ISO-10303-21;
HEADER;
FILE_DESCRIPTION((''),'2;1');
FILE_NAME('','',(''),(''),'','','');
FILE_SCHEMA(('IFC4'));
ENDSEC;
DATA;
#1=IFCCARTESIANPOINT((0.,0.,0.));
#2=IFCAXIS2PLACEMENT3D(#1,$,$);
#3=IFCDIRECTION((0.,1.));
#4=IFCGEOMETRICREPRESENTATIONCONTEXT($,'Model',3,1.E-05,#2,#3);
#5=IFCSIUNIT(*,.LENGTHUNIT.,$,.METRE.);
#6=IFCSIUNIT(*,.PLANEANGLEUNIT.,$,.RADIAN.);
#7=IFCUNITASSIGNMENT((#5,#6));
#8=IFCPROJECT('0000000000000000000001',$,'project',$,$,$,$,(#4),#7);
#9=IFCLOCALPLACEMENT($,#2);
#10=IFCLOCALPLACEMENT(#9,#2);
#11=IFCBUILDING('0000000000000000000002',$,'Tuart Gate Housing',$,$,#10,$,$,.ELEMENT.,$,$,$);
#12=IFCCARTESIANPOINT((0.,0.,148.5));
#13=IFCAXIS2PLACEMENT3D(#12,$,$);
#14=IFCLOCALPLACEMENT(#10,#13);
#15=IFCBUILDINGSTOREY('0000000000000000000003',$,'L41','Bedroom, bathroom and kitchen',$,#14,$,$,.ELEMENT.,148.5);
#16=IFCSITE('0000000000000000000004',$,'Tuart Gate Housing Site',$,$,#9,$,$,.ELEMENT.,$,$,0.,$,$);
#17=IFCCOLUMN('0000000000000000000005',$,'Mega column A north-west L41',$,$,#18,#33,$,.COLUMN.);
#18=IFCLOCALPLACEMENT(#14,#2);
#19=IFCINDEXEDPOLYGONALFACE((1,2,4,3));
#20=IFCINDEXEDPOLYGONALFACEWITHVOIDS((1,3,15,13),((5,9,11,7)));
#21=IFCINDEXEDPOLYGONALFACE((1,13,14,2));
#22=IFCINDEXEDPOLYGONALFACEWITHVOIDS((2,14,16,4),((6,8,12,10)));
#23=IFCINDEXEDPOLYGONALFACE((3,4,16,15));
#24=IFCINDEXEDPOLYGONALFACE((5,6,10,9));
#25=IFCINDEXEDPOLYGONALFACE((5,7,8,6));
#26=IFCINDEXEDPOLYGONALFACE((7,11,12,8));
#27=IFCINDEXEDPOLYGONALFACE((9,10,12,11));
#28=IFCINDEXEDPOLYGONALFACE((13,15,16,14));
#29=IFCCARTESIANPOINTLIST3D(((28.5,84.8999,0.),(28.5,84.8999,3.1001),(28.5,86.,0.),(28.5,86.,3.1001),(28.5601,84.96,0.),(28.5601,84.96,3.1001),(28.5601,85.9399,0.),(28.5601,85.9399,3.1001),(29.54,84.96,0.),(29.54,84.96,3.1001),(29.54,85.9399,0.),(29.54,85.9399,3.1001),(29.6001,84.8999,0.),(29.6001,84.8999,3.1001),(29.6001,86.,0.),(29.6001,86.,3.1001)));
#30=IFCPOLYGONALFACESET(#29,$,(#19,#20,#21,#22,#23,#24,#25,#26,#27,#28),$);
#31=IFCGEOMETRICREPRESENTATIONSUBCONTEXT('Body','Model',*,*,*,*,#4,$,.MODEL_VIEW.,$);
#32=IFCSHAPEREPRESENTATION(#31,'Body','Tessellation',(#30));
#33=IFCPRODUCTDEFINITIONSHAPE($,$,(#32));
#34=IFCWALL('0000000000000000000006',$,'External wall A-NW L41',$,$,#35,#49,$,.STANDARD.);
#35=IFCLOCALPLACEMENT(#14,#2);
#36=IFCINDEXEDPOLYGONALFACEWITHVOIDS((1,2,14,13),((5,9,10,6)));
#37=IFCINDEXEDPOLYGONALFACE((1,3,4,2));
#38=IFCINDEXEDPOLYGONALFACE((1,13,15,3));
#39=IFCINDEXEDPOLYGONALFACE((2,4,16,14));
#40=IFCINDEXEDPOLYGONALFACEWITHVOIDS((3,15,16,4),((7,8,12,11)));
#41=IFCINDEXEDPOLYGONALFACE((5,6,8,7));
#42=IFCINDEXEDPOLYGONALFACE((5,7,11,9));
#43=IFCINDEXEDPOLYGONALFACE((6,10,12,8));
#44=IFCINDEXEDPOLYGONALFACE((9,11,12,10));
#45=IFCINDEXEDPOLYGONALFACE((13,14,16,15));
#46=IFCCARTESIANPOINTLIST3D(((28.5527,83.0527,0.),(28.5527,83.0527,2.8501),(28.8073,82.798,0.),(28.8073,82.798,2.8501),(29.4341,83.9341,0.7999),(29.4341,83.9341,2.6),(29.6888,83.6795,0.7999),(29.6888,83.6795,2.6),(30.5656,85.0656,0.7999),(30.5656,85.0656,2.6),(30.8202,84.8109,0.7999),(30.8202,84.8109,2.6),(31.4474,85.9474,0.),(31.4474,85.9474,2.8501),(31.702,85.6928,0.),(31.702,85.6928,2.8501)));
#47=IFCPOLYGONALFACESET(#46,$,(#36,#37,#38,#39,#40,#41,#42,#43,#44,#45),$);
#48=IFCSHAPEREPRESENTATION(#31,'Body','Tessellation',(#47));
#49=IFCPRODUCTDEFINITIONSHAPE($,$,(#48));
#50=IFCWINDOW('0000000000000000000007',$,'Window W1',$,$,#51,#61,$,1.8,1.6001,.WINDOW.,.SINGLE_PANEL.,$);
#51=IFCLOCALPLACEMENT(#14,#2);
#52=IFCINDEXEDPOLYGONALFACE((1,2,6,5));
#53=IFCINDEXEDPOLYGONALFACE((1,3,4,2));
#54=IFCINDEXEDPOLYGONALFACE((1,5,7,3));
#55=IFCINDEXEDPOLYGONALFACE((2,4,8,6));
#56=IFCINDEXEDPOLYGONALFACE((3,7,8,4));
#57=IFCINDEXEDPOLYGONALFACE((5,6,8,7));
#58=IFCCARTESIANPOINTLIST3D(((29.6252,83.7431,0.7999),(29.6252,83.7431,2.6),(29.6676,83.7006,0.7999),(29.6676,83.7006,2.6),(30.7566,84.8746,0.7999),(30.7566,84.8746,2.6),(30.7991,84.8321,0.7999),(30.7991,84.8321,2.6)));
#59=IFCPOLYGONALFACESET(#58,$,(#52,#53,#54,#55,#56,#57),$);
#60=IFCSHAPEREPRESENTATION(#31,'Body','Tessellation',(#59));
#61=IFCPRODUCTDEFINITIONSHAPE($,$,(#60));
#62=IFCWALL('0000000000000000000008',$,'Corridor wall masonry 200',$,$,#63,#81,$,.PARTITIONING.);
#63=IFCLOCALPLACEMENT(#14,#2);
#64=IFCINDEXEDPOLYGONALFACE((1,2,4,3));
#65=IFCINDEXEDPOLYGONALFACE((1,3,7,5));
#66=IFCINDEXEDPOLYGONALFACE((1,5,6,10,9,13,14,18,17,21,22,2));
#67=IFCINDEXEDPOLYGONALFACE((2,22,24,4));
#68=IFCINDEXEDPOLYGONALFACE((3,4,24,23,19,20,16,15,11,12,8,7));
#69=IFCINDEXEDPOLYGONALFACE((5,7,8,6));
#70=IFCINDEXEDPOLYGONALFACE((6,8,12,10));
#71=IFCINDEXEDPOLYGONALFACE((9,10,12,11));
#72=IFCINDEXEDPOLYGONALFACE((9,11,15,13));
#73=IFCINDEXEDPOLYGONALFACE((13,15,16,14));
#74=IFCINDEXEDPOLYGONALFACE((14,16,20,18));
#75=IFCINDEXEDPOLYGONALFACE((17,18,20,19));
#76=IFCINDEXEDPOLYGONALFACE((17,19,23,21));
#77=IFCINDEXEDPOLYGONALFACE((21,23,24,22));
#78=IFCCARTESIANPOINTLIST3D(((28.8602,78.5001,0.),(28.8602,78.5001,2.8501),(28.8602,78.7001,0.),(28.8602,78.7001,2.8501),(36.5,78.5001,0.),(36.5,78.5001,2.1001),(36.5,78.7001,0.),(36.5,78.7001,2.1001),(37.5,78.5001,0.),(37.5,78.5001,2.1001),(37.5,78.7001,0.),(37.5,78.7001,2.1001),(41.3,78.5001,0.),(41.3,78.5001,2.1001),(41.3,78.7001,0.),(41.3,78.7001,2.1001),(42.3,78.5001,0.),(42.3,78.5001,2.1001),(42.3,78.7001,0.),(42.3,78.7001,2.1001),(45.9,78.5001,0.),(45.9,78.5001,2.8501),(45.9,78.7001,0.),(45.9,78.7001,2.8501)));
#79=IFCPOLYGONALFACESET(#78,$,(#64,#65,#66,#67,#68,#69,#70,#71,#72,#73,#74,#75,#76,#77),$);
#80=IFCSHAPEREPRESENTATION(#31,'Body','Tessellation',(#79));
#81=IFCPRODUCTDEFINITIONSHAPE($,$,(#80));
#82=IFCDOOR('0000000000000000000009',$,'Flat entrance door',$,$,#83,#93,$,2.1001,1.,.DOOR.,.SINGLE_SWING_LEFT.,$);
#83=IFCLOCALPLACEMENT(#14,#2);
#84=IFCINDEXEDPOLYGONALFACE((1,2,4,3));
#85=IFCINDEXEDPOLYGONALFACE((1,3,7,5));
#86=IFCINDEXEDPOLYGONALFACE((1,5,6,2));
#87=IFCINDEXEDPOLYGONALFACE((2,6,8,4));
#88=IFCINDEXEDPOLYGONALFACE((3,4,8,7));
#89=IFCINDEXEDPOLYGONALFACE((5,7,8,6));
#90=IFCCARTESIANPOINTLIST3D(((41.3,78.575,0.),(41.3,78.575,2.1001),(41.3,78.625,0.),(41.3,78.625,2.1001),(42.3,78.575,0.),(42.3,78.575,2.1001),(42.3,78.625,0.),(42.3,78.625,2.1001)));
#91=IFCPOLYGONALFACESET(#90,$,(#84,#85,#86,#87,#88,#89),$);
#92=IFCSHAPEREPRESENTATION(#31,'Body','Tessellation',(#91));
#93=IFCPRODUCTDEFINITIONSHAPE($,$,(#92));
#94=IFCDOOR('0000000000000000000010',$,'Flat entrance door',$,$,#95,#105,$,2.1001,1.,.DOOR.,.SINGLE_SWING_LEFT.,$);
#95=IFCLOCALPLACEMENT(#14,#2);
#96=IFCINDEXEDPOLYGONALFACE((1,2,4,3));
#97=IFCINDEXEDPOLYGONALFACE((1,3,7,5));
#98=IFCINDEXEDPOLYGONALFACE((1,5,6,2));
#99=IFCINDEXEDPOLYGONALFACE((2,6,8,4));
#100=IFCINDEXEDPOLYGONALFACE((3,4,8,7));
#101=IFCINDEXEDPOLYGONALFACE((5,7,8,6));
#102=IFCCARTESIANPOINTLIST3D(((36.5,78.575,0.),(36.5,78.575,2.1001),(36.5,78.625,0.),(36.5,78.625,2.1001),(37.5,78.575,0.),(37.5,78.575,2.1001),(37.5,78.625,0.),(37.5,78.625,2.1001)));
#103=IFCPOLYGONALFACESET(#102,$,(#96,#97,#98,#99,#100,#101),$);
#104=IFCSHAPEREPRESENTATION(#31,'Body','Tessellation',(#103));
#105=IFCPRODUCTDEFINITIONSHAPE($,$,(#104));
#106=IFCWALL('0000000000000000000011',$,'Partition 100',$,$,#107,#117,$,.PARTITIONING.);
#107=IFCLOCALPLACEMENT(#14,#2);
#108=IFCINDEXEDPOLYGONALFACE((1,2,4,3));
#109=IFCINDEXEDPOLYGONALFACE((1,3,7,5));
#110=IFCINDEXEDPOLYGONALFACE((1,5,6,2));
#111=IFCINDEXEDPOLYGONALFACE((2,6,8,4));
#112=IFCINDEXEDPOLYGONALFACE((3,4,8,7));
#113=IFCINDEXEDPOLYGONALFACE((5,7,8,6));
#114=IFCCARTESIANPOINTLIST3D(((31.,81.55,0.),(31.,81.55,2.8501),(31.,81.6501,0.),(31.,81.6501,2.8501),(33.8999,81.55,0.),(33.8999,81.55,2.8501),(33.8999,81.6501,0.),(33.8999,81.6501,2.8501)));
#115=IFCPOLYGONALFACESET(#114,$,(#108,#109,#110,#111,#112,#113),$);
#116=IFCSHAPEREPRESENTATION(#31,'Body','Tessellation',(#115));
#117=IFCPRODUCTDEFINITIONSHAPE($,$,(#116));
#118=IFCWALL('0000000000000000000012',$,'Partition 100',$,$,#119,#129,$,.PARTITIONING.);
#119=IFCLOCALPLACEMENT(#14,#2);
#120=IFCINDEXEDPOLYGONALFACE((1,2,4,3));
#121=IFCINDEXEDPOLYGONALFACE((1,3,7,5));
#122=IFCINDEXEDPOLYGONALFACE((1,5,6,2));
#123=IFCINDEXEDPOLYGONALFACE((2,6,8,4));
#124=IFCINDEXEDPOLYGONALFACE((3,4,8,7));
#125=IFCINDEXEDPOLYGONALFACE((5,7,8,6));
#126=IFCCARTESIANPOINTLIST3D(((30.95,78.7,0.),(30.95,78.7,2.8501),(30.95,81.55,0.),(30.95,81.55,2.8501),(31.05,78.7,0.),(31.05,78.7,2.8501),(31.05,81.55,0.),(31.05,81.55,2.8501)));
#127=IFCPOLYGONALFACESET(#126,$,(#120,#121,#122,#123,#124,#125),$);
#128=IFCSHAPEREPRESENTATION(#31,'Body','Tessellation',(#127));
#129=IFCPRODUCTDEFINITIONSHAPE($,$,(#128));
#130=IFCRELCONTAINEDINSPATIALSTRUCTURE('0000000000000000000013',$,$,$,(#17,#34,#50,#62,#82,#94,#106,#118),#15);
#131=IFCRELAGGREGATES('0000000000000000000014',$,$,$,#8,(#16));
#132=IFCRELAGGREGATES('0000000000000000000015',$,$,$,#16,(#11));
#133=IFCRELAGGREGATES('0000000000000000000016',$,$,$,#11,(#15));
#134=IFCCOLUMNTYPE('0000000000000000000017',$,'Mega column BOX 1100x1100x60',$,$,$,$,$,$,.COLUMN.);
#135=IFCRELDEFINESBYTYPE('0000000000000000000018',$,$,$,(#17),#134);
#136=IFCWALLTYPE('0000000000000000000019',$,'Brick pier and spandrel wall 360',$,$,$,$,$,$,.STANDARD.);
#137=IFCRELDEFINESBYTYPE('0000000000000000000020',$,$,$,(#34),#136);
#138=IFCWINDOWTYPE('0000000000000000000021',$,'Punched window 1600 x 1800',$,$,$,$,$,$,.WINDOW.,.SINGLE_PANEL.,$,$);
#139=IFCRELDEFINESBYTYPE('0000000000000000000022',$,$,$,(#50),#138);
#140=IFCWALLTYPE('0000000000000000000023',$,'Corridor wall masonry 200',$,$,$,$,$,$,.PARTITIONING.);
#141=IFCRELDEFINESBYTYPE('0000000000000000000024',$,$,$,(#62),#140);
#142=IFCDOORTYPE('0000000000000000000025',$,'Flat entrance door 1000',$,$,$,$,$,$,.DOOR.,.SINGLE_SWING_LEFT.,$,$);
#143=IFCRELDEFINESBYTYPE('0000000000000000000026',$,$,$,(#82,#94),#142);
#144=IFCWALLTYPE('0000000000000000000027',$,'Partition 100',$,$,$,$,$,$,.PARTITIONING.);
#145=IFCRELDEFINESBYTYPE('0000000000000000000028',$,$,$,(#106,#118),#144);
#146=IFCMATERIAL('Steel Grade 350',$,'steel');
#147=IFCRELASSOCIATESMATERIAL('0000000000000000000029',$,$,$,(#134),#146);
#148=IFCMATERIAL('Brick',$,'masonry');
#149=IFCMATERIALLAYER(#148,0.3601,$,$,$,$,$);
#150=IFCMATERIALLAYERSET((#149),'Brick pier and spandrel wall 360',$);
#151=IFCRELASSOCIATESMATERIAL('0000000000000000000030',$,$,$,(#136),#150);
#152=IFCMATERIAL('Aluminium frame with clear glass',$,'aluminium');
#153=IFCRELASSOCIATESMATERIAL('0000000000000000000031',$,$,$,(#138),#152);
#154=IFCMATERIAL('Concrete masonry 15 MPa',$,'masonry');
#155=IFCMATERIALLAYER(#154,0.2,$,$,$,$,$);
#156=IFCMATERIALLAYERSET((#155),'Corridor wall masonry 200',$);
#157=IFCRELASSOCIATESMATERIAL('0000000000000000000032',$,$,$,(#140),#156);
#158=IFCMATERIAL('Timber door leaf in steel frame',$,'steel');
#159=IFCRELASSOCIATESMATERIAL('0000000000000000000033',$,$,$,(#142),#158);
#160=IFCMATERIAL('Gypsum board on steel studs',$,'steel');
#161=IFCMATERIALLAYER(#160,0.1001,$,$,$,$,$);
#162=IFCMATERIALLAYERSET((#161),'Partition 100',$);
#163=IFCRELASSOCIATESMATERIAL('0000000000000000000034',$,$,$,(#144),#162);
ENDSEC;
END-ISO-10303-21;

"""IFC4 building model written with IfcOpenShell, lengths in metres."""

from ifc_helpers import new_model, si_unit, direction, frame, frame_2d, origin, origin_2d, place, context, subcontext, project, spatial, rectangle, hollow_rectangle, extrude, material, layer, layer_set, material_profile, profile_set, type_object, element, fill, save


model = new_model("IFC4")

# Units and contexts
model_context = context("Model", 3, precision=1e-05, world=origin(), true_north=direction((0.0, 1.0)))
body_context = subcontext(model_context, "Body", "Model", "MODEL_VIEW")
ifc_project = project(units=[si_unit("LENGTHUNIT", "METRE"), si_unit("PLANEANGLEUNIT", "RADIAN")], contexts=[model_context])

# Site, building, storey
site_placement = place(None, origin())
site = spatial("IfcSite", under=ifc_project, at=site_placement, Name="Tuart Gate Housing Site", CompositionType="ELEMENT", RefElevation=0.0)
building_placement = place(site_placement, origin())
building = spatial("IfcBuilding", under=site, at=building_placement, Name="Tuart Gate Housing", CompositionType="ELEMENT")
storey_placement = place(building_placement, frame((0.0, 0.0, 148.5)))
storey = spatial("IfcBuildingStorey", under=building, at=storey_placement, Name="L41", Description="Bedroom, bathroom and kitchen", CompositionType="ELEMENT", Elevation=148.5)

# Column
ifc_material_1 = material(Name="Steel Grade 350", Category="steel")
ifc_material_profile = material_profile(ifc_material_1, hollow_rectangle(XDim=1.1001, YDim=1.1001, WallThickness=0.0601, at=origin_2d()), Name="BOX 1100x1100x60")
ifc_profile_set = profile_set([ifc_material_profile], Name="Steel Grade 350")
column_type = type_object("IfcColumnType", Name="Mega column BOX 1100x1100x60", PredefinedType="COLUMN", material=ifc_profile_set)
column_placement = place(storey_placement, frame((29.05, 85.45, 0.0), z_axis=(0.0, 0.0, 1.0), x_axis=(1.0, 0.0, 0.0)))
element("IfcColumn", 1, at=column_placement, inside=storey, type_object=column_type, Name="Mega column A north-west L41", PredefinedType="COLUMN", context=body_context, shape_type="SweptSolid", body=[
    extrude(hollow_rectangle(XDim=1.1001, YDim=1.1001, WallThickness=0.0601, at=origin_2d()), origin(), (0.0, 0.0, 1.0), 3.1001),
])

# Wall, opening, window
ifc_material_2 = material(Name="Brick", Category="masonry")
ifc_layer_1 = layer(ifc_material_2, 0.3601)
ifc_layer_set_1 = layer_set([ifc_layer_1], Name="Brick pier and spandrel wall 360")
wall_type_1 = type_object("IfcWallType", Name="Brick pier and spandrel wall 360", PredefinedType="STANDARD", material=ifc_layer_set_1)
wall_1_placement = place(storey_placement, frame((31.5747, 85.8201, 0.0), z_axis=(0.0, 0.0, 1.0), x_axis=(-0.707107, -0.707107, 0.0)))
wall_1 = element("IfcWall", 2, at=wall_1_placement, inside=storey, type_object=wall_type_1, Name="External wall A-NW L41", PredefinedType="STANDARD", context=body_context, shape_type="SweptSolid", body=[
    extrude(rectangle(XDim=4.0938, YDim=0.3601, at=frame_2d((2.0469, 0.0))), origin(), (0.0, 0.0, 1.0), 2.8501),
])
opening_1_placement = place(wall_1_placement, frame((1.2471, 0.0, 0.8)))
opening_1 = element("IfcOpeningElement", 3, at=opening_1_placement, cuts=wall_1, PredefinedType="OPENING", context=body_context, shape_type="SweptSolid", body=[
    extrude(rectangle(XDim=1.6001, YDim=1.8, at=frame_2d((0.8, 0.8999))), frame((0.0, 0.1899, 0.0), z_axis=(0.0, -1.0, 0.0), x_axis=(1.0, 0.0, 0.0)), (0.0, 0.0, 1.0), 0.3801),
])
ifc_material_3 = material(Name="Aluminium frame with clear glass", Category="aluminium")
window_type_1 = type_object("IfcWindowType", Name="Punched window 1600 x 1800", PartitioningType="SINGLE_PANEL", PredefinedType="WINDOW", material=ifc_material_3)
window_1_placement = place(opening_1_placement, origin())
window_1 = element("IfcWindow", 4, at=window_1_placement, inside=storey, type_object=window_type_1, Name="Window W1", OverallHeight=1.8, OverallWidth=1.6001, PartitioningType="SINGLE_PANEL", PredefinedType="WINDOW", context=body_context, shape_type="SweptSolid", body=[
    extrude(rectangle(XDim=1.6001, YDim=1.8, at=frame_2d((0.8, 0.8999))), frame((0.0, 0.1501, 0.0), z_axis=(0.0, -1.0, 0.0), x_axis=(1.0, 0.0, 0.0)), (0.0, 0.0, 1.0), 0.0601),
])
fill(opening_1, window_1)

# Wall, openings, doors
ifc_material_4 = material(Name="Concrete masonry 15 MPa", Category="masonry")
ifc_layer_2 = layer(ifc_material_4, 0.2)
ifc_layer_set_2 = layer_set([ifc_layer_2], Name="Corridor wall masonry 200")
wall_type_2 = type_object("IfcWallType", Name="Corridor wall masonry 200", PredefinedType="PARTITIONING", material=ifc_layer_set_2)
wall_2_placement = place(storey_placement, frame((28.8601, 78.6001, 0.0), z_axis=(0.0, 0.0, 1.0), x_axis=(1.0, 0.0, 0.0)))
wall_2 = element("IfcWall", 5, at=wall_2_placement, inside=storey, type_object=wall_type_2, Name="Corridor wall masonry 200", PredefinedType="PARTITIONING", context=body_context, shape_type="SweptSolid", body=[
    extrude(rectangle(XDim=17.0398, YDim=0.2, at=frame_2d((8.52, 0.0))), origin(), (0.0, 0.0, 1.0), 2.8501),
])
opening_2_placement = place(wall_2_placement, frame((12.4399, 0.0, 0.0)))
opening_2 = element("IfcOpeningElement", 6, at=opening_2_placement, cuts=wall_2, PredefinedType="OPENING", context=body_context, shape_type="SweptSolid", body=[
    extrude(rectangle(XDim=1.0, YDim=2.1001, at=frame_2d((0.5, 1.05))), frame((0.0, 0.1099, 0.0), z_axis=(0.0, -1.0, 0.0), x_axis=(1.0, 0.0, 0.0)), (0.0, 0.0, 1.0), 0.22),
])
opening_3_placement = place(wall_2_placement, frame((7.6399, 0.0, 0.0)))
opening_3 = element("IfcOpeningElement", 7, at=opening_3_placement, cuts=wall_2, PredefinedType="OPENING", context=body_context, shape_type="SweptSolid", body=[
    extrude(rectangle(XDim=1.0, YDim=2.1001, at=frame_2d((0.5, 1.05))), frame((0.0, 0.1099, 0.0), z_axis=(0.0, -1.0, 0.0), x_axis=(1.0, 0.0, 0.0)), (0.0, 0.0, 1.0), 0.22),
])
ifc_material_5 = material(Name="Timber door leaf in steel frame", Category="steel")
door_type = type_object("IfcDoorType", Name="Flat entrance door 1000", OperationType="SINGLE_SWING_LEFT", PredefinedType="DOOR", material=ifc_material_5)
door_1_placement = place(opening_2_placement, origin())
door_1 = element("IfcDoor", 8, at=door_1_placement, inside=storey, type_object=door_type, Name="Flat entrance door", OperationType="SINGLE_SWING_LEFT", OverallHeight=2.1001, OverallWidth=1.0, PredefinedType="DOOR", context=body_context, shape_type="SweptSolid", body=[
    extrude(rectangle(XDim=1.0, YDim=2.1001, at=frame_2d((0.5, 1.05))), frame((0.0, 0.0249, 0.0), z_axis=(0.0, -1.0, 0.0), x_axis=(1.0, 0.0, 0.0)), (0.0, 0.0, 1.0), 0.05),
])
fill(opening_2, door_1)
door_2_placement = place(opening_3_placement, origin())
door_2 = element("IfcDoor", 9, at=door_2_placement, inside=storey, type_object=door_type, Name="Flat entrance door", OperationType="SINGLE_SWING_LEFT", OverallHeight=2.1001, OverallWidth=1.0, PredefinedType="DOOR", context=body_context, shape_type="SweptSolid", body=[
    extrude(rectangle(XDim=1.0, YDim=2.1001, at=frame_2d((0.5, 1.05))), frame((0.0, 0.0249, 0.0), z_axis=(0.0, -1.0, 0.0), x_axis=(1.0, 0.0, 0.0)), (0.0, 0.0, 1.0), 0.05),
])
fill(opening_3, door_2)

# Walls
ifc_material_6 = material(Name="Gypsum board on steel studs", Category="steel")
ifc_layer_3 = layer(ifc_material_6, 0.1001)
ifc_layer_set_3 = layer_set([ifc_layer_3], Name="Partition 100")
wall_type_3 = type_object("IfcWallType", Name="Partition 100", PredefinedType="PARTITIONING", material=ifc_layer_set_3)
wall_3_placement = place(storey_placement, frame((31.0, 81.6001, 0.0), z_axis=(0.0, 0.0, 1.0), x_axis=(1.0, 0.0, 0.0)))
element("IfcWall", 10, at=wall_3_placement, inside=storey, type_object=wall_type_3, Name="Partition 100", PredefinedType="PARTITIONING", context=body_context, shape_type="SweptSolid", body=[
    extrude(rectangle(XDim=2.8999, YDim=0.1001, at=frame_2d((1.45, 0.0))), origin(), (0.0, 0.0, 1.0), 2.8501),
])
wall_4_placement = place(storey_placement, frame((31.0, 78.7, 0.0), z_axis=(0.0, 0.0, 1.0), x_axis=(0.0, 1.0, 0.0)))
element("IfcWall", 11, at=wall_4_placement, inside=storey, type_object=wall_type_3, Name="Partition 100", PredefinedType="PARTITIONING", context=body_context, shape_type="SweptSolid", body=[
    extrude(rectangle(XDim=2.8501, YDim=0.1001, at=frame_2d((1.425, 0.0))), origin(), (0.0, 0.0, 1.0), 2.8501),
])

save(model, "model.ifc")
